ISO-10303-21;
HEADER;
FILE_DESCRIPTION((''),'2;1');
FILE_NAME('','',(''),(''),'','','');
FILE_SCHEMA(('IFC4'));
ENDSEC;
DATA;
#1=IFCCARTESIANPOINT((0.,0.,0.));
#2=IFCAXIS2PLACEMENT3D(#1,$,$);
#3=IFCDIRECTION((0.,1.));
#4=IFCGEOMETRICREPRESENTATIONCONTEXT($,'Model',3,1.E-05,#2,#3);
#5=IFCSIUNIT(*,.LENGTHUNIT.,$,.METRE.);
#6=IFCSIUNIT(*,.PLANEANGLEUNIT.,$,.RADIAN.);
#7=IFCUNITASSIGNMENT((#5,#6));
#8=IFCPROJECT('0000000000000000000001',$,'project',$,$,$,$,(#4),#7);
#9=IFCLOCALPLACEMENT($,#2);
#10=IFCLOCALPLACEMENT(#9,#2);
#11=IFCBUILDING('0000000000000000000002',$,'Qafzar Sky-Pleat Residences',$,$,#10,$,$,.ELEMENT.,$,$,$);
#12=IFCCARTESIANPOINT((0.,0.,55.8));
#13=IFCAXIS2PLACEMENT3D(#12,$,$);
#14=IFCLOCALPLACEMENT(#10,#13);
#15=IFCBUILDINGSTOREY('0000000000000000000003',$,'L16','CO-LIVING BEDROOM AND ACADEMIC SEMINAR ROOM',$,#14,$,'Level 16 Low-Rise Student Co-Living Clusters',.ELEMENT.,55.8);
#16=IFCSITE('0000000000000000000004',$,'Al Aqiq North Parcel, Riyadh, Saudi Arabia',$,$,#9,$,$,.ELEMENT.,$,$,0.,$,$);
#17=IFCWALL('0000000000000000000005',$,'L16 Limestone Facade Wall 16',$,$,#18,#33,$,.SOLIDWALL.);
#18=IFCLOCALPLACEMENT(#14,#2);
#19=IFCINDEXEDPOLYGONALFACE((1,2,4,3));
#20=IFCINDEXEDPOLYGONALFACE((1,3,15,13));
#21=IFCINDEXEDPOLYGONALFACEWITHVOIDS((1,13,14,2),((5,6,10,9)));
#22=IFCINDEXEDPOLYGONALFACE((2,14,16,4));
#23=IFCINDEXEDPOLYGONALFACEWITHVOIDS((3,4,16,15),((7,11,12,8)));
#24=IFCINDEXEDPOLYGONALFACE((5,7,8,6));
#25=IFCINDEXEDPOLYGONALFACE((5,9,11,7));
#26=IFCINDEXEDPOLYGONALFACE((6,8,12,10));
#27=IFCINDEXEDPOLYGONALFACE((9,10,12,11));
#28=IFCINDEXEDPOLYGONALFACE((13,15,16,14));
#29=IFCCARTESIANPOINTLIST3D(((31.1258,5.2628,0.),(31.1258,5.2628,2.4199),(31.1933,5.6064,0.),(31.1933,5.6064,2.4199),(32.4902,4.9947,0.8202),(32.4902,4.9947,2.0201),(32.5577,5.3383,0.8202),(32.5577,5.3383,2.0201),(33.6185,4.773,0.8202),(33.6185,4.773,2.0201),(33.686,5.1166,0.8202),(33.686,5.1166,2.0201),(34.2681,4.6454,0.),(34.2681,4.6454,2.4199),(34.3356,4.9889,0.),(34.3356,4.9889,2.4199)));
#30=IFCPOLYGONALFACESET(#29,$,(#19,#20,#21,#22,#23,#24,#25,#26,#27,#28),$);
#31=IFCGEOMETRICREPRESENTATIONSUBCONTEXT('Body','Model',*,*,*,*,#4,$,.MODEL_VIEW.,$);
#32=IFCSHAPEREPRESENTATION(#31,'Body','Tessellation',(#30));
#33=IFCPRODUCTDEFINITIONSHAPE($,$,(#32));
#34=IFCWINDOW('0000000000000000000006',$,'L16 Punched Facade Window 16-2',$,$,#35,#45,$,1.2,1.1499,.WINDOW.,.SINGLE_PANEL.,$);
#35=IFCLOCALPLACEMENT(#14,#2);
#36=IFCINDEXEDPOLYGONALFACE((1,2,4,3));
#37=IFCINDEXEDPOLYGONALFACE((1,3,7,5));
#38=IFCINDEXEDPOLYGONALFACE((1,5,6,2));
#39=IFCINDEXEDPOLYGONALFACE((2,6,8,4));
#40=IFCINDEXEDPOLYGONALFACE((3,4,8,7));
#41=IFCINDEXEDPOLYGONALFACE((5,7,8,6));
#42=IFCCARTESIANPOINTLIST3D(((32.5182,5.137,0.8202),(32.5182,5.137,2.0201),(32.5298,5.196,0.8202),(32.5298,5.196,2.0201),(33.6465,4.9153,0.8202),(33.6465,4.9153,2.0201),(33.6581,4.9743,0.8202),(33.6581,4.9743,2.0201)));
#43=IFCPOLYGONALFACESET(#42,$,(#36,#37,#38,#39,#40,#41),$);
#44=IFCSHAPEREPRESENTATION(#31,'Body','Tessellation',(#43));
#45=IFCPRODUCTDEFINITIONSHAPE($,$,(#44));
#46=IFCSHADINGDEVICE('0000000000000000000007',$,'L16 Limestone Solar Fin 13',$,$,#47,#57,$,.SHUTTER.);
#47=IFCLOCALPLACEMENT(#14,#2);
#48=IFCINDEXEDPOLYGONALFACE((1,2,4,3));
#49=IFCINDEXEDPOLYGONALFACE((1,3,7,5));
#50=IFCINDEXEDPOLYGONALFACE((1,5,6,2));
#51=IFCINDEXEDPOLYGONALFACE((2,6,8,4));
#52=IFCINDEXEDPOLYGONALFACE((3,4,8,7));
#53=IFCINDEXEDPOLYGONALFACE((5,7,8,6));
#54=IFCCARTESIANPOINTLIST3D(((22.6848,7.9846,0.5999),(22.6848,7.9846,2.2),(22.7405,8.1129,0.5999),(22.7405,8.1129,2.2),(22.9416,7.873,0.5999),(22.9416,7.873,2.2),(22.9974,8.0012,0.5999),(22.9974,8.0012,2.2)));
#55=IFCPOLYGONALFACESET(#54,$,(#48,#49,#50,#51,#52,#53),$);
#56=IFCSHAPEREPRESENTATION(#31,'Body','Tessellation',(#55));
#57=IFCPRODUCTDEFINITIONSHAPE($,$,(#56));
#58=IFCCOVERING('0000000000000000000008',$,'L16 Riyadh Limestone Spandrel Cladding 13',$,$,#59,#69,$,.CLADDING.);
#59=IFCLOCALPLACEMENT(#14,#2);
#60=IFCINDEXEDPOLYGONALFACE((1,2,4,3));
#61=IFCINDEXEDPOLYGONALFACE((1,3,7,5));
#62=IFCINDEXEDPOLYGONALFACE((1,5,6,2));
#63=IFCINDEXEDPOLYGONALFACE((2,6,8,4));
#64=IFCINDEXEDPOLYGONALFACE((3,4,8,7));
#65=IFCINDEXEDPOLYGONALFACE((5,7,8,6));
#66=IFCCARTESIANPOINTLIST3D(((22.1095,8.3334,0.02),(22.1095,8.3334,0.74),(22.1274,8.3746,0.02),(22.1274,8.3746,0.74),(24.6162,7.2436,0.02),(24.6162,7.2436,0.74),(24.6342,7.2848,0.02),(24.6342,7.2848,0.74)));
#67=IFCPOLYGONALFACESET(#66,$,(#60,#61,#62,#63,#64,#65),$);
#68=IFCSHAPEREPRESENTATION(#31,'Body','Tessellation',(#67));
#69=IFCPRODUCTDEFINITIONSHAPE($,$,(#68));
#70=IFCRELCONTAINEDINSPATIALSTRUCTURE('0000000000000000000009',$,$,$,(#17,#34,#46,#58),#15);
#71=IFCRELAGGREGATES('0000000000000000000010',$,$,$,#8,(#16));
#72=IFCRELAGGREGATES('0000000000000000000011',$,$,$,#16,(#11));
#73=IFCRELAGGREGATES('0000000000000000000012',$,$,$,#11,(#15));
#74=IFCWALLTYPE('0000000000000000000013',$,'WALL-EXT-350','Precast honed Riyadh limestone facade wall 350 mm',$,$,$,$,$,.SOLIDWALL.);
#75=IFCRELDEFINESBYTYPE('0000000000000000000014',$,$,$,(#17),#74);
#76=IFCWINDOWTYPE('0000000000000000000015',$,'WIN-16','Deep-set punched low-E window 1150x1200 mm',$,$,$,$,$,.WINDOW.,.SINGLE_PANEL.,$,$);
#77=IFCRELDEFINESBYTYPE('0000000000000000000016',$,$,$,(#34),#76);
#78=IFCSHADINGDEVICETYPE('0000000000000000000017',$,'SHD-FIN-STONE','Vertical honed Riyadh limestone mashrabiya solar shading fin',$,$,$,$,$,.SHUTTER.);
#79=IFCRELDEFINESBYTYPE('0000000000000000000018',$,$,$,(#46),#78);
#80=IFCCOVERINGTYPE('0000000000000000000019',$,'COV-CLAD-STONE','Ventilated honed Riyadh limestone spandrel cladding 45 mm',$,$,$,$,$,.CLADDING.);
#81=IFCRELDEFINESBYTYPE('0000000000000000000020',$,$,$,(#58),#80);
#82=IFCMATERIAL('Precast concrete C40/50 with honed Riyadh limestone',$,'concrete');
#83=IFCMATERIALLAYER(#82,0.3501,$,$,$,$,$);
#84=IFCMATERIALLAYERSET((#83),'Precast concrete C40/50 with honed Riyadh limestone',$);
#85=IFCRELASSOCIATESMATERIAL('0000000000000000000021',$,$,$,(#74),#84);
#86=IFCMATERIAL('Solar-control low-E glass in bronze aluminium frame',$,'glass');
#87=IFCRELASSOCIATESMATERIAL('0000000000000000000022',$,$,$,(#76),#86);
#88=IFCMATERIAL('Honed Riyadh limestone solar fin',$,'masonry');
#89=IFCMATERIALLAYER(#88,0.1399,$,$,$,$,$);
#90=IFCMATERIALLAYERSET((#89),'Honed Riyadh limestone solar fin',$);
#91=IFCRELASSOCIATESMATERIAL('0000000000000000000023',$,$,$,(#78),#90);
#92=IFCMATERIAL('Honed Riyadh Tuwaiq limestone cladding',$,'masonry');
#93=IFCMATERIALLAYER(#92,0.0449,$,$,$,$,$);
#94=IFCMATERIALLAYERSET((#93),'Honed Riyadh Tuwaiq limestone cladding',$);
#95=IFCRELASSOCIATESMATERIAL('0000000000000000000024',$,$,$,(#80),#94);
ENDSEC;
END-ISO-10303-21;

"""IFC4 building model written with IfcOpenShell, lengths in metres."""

from ifc_helpers import new_model, si_unit, direction, frame, frame_2d, origin, origin_2d, place, context, subcontext, project, spatial, rectangle, extrude, source, transform, mapped, material, layer, layer_set, type_object, element, fill, save


model = new_model("IFC4")

# Units and contexts
model_context = context("Model", 3, precision=1e-05, world=origin(), true_north=direction((0.0, 1.0)))
body_context = subcontext(model_context, "Body", "Model", "MODEL_VIEW")
ifc_project = project(units=[si_unit("LENGTHUNIT", "METRE"), si_unit("PLANEANGLEUNIT", "RADIAN")], contexts=[model_context])

# Site, building, storey
site_placement = place(None, origin())
site = spatial("IfcSite", under=ifc_project, at=site_placement, Name="Al Aqiq North Parcel, Riyadh, Saudi Arabia", CompositionType="ELEMENT", RefElevation=0.0)
building_placement = place(site_placement, origin())
building = spatial("IfcBuilding", under=site, at=building_placement, Name="Qafzar Sky-Pleat Residences", CompositionType="ELEMENT")
storey_placement = place(building_placement, frame((0.0, 0.0, 55.8)))
storey = spatial("IfcBuildingStorey", under=building, at=storey_placement, Name="L16", Description="CO-LIVING BEDROOM AND ACADEMIC SEMINAR ROOM", LongName="Level 16 Low-Rise Student Co-Living Clusters", CompositionType="ELEMENT", Elevation=55.8)

# Shared definitions
ifc_material_1 = material(Name="Precast concrete C40/50 with honed Riyadh limestone", Category="concrete")
ifc_layer_1 = layer(ifc_material_1, 0.3501)
ifc_layer_set_1 = layer_set([ifc_layer_1], Name="Precast concrete C40/50 with honed Riyadh limestone")
wall_type_1 = type_object("IfcWallType", Name="WALL-EXT-350", Description="Precast honed Riyadh limestone facade wall 350 mm", PredefinedType="SOLIDWALL", material=ifc_layer_set_1)
ifc_material_2 = material(Name="Solar-control low-E glass in bronze aluminium frame", Category="glass")

# Shared definitions
window_type_1 = type_object("IfcWindowType", Name="WIN-16", Description="Deep-set punched low-E window 1150x1200 mm", PartitioningType="SINGLE_PANEL", PredefinedType="WINDOW", material=ifc_material_2)
shared_shape_1 = source(origin(), body_context, "Body", "SweptSolid", [
    extrude(rectangle(XDim=1.1499, YDim=1.2, at=frame_2d((0.575, 0.6001))), frame((0.0, 0.03, 0.0), z_axis=(0.0, -1.0, 0.0), x_axis=(1.0, 0.0, 0.0)), (0.0, 0.0, 1.0), 0.0601),
])

# Wall, opening, window
wall_1_placement = place(storey_placement, frame((31.1597, 5.4346, 0.0), z_axis=(0.0, 0.0, 1.0), x_axis=(0.981238, -0.192802, 0.0)))
wall_1 = element("IfcWall", 1, at=wall_1_placement, inside=storey, type_object=wall_type_1, Name="L16 Limestone Facade Wall 16", PredefinedType="SOLIDWALL", context=body_context, shape_type="SweptSolid", body=[
    extrude(rectangle(XDim=3.2024, YDim=0.3501, at=frame_2d((1.6011, 0.0))), origin(), (0.0, 0.0, 1.0), 2.4199),
])
opening_1_placement = place(wall_1_placement, frame((1.3904, 0.0, 0.8201)))
opening_1 = element("IfcOpeningElement", 2, at=opening_1_placement, cuts=wall_1, PredefinedType="OPENING", context=body_context, shape_type="SweptSolid", body=[
    extrude(rectangle(XDim=1.1499, YDim=1.2, at=frame_2d((0.575, 0.6001))), frame((0.0, 0.1851, 0.0), z_axis=(0.0, -1.0, 0.0), x_axis=(1.0, 0.0, 0.0)), (0.0, 0.0, 1.0), 0.3701),
])
window_1_placement = place(opening_1_placement, origin())
window_1 = element("IfcWindow", 3, at=window_1_placement, inside=storey, type_object=window_type_1, Name="L16 Punched Facade Window 16-2", OverallHeight=1.2, OverallWidth=1.1499, PartitioningType="SINGLE_PANEL", PredefinedType="WINDOW", context=body_context, shape_type="MappedRepresentation", body=[
    mapped(shared_shape_1, transform((0.0, 0.0, 0.0), x_axis=(1.0, 0.0, 0.0), y_axis=(0.0, 1.0, 0.0), z_axis=(0.0, 0.0, 1.0), scale=1.0)),
])
fill(opening_1, window_1)

# Shading device
ifc_material_3 = material(Name="Honed Riyadh limestone solar fin", Category="masonry")
ifc_layer_2 = layer(ifc_material_3, 0.1399)
ifc_layer_set_2 = layer_set([ifc_layer_2], Name="Honed Riyadh limestone solar fin")
shading_device_type = type_object("IfcShadingDeviceType", Name="SHD-FIN-STONE", Description="Vertical honed Riyadh limestone mashrabiya solar shading fin", PredefinedType="SHUTTER", material=ifc_layer_set_2)
shared_shape_2 = source(origin(), body_context, "Body", "SweptSolid", [
    extrude(rectangle(XDim=0.1399, YDim=0.28, at=origin_2d()), origin(), (0.0, 0.0, 1.0), 1.6001),
])
shading_device_placement = place(storey_placement, frame((22.8411, 7.9929, 0.5999), z_axis=(0.0, 0.0, 1.0), x_axis=(-0.398681, -0.91709, 0.0)))
element("IfcShadingDevice", 4, at=shading_device_placement, inside=storey, type_object=shading_device_type, Name="L16 Limestone Solar Fin 13", PredefinedType="SHUTTER", context=body_context, shape_type="MappedRepresentation", body=[
    mapped(shared_shape_2, transform((0.0, 0.0, 0.0), x_axis=(1.0, 0.0, 0.0), y_axis=(0.0, 1.0, 0.0), z_axis=(0.0, 0.0, 1.0), scale=1.0)),
])

# Covering
ifc_material_4 = material(Name="Honed Riyadh Tuwaiq limestone cladding", Category="masonry")
ifc_layer_3 = layer(ifc_material_4, 0.0449)
ifc_layer_set_3 = layer_set([ifc_layer_3], Name="Honed Riyadh Tuwaiq limestone cladding")
covering_type = type_object("IfcCoveringType", Name="COV-CLAD-STONE", Description="Ventilated honed Riyadh limestone spandrel cladding 45 mm", PredefinedType="CLADDING", material=ifc_layer_set_3)
shared_shape_3 = source(origin(), body_context, "Body", "SweptSolid", [
    extrude(rectangle(XDim=2.7334, YDim=0.0449, at=origin_2d()), origin(), (0.0, 0.0, 1.0), 0.72),
])
covering_placement = place(storey_placement, frame((23.3718, 7.8091, 0.02), z_axis=(0.0, 0.0, 1.0), x_axis=(0.917082, -0.398698, 0.0)))
element("IfcCovering", 5, at=covering_placement, inside=storey, type_object=covering_type, Name="L16 Riyadh Limestone Spandrel Cladding 13", PredefinedType="CLADDING", context=body_context, shape_type="MappedRepresentation", body=[
    mapped(shared_shape_3, transform((0.0, 0.0, 0.0), x_axis=(1.0, 0.0, 0.0), y_axis=(0.0, 1.0, 0.0), z_axis=(0.0, 0.0, 1.0), scale=1.0)),
])

save(model, "model.ifc")
